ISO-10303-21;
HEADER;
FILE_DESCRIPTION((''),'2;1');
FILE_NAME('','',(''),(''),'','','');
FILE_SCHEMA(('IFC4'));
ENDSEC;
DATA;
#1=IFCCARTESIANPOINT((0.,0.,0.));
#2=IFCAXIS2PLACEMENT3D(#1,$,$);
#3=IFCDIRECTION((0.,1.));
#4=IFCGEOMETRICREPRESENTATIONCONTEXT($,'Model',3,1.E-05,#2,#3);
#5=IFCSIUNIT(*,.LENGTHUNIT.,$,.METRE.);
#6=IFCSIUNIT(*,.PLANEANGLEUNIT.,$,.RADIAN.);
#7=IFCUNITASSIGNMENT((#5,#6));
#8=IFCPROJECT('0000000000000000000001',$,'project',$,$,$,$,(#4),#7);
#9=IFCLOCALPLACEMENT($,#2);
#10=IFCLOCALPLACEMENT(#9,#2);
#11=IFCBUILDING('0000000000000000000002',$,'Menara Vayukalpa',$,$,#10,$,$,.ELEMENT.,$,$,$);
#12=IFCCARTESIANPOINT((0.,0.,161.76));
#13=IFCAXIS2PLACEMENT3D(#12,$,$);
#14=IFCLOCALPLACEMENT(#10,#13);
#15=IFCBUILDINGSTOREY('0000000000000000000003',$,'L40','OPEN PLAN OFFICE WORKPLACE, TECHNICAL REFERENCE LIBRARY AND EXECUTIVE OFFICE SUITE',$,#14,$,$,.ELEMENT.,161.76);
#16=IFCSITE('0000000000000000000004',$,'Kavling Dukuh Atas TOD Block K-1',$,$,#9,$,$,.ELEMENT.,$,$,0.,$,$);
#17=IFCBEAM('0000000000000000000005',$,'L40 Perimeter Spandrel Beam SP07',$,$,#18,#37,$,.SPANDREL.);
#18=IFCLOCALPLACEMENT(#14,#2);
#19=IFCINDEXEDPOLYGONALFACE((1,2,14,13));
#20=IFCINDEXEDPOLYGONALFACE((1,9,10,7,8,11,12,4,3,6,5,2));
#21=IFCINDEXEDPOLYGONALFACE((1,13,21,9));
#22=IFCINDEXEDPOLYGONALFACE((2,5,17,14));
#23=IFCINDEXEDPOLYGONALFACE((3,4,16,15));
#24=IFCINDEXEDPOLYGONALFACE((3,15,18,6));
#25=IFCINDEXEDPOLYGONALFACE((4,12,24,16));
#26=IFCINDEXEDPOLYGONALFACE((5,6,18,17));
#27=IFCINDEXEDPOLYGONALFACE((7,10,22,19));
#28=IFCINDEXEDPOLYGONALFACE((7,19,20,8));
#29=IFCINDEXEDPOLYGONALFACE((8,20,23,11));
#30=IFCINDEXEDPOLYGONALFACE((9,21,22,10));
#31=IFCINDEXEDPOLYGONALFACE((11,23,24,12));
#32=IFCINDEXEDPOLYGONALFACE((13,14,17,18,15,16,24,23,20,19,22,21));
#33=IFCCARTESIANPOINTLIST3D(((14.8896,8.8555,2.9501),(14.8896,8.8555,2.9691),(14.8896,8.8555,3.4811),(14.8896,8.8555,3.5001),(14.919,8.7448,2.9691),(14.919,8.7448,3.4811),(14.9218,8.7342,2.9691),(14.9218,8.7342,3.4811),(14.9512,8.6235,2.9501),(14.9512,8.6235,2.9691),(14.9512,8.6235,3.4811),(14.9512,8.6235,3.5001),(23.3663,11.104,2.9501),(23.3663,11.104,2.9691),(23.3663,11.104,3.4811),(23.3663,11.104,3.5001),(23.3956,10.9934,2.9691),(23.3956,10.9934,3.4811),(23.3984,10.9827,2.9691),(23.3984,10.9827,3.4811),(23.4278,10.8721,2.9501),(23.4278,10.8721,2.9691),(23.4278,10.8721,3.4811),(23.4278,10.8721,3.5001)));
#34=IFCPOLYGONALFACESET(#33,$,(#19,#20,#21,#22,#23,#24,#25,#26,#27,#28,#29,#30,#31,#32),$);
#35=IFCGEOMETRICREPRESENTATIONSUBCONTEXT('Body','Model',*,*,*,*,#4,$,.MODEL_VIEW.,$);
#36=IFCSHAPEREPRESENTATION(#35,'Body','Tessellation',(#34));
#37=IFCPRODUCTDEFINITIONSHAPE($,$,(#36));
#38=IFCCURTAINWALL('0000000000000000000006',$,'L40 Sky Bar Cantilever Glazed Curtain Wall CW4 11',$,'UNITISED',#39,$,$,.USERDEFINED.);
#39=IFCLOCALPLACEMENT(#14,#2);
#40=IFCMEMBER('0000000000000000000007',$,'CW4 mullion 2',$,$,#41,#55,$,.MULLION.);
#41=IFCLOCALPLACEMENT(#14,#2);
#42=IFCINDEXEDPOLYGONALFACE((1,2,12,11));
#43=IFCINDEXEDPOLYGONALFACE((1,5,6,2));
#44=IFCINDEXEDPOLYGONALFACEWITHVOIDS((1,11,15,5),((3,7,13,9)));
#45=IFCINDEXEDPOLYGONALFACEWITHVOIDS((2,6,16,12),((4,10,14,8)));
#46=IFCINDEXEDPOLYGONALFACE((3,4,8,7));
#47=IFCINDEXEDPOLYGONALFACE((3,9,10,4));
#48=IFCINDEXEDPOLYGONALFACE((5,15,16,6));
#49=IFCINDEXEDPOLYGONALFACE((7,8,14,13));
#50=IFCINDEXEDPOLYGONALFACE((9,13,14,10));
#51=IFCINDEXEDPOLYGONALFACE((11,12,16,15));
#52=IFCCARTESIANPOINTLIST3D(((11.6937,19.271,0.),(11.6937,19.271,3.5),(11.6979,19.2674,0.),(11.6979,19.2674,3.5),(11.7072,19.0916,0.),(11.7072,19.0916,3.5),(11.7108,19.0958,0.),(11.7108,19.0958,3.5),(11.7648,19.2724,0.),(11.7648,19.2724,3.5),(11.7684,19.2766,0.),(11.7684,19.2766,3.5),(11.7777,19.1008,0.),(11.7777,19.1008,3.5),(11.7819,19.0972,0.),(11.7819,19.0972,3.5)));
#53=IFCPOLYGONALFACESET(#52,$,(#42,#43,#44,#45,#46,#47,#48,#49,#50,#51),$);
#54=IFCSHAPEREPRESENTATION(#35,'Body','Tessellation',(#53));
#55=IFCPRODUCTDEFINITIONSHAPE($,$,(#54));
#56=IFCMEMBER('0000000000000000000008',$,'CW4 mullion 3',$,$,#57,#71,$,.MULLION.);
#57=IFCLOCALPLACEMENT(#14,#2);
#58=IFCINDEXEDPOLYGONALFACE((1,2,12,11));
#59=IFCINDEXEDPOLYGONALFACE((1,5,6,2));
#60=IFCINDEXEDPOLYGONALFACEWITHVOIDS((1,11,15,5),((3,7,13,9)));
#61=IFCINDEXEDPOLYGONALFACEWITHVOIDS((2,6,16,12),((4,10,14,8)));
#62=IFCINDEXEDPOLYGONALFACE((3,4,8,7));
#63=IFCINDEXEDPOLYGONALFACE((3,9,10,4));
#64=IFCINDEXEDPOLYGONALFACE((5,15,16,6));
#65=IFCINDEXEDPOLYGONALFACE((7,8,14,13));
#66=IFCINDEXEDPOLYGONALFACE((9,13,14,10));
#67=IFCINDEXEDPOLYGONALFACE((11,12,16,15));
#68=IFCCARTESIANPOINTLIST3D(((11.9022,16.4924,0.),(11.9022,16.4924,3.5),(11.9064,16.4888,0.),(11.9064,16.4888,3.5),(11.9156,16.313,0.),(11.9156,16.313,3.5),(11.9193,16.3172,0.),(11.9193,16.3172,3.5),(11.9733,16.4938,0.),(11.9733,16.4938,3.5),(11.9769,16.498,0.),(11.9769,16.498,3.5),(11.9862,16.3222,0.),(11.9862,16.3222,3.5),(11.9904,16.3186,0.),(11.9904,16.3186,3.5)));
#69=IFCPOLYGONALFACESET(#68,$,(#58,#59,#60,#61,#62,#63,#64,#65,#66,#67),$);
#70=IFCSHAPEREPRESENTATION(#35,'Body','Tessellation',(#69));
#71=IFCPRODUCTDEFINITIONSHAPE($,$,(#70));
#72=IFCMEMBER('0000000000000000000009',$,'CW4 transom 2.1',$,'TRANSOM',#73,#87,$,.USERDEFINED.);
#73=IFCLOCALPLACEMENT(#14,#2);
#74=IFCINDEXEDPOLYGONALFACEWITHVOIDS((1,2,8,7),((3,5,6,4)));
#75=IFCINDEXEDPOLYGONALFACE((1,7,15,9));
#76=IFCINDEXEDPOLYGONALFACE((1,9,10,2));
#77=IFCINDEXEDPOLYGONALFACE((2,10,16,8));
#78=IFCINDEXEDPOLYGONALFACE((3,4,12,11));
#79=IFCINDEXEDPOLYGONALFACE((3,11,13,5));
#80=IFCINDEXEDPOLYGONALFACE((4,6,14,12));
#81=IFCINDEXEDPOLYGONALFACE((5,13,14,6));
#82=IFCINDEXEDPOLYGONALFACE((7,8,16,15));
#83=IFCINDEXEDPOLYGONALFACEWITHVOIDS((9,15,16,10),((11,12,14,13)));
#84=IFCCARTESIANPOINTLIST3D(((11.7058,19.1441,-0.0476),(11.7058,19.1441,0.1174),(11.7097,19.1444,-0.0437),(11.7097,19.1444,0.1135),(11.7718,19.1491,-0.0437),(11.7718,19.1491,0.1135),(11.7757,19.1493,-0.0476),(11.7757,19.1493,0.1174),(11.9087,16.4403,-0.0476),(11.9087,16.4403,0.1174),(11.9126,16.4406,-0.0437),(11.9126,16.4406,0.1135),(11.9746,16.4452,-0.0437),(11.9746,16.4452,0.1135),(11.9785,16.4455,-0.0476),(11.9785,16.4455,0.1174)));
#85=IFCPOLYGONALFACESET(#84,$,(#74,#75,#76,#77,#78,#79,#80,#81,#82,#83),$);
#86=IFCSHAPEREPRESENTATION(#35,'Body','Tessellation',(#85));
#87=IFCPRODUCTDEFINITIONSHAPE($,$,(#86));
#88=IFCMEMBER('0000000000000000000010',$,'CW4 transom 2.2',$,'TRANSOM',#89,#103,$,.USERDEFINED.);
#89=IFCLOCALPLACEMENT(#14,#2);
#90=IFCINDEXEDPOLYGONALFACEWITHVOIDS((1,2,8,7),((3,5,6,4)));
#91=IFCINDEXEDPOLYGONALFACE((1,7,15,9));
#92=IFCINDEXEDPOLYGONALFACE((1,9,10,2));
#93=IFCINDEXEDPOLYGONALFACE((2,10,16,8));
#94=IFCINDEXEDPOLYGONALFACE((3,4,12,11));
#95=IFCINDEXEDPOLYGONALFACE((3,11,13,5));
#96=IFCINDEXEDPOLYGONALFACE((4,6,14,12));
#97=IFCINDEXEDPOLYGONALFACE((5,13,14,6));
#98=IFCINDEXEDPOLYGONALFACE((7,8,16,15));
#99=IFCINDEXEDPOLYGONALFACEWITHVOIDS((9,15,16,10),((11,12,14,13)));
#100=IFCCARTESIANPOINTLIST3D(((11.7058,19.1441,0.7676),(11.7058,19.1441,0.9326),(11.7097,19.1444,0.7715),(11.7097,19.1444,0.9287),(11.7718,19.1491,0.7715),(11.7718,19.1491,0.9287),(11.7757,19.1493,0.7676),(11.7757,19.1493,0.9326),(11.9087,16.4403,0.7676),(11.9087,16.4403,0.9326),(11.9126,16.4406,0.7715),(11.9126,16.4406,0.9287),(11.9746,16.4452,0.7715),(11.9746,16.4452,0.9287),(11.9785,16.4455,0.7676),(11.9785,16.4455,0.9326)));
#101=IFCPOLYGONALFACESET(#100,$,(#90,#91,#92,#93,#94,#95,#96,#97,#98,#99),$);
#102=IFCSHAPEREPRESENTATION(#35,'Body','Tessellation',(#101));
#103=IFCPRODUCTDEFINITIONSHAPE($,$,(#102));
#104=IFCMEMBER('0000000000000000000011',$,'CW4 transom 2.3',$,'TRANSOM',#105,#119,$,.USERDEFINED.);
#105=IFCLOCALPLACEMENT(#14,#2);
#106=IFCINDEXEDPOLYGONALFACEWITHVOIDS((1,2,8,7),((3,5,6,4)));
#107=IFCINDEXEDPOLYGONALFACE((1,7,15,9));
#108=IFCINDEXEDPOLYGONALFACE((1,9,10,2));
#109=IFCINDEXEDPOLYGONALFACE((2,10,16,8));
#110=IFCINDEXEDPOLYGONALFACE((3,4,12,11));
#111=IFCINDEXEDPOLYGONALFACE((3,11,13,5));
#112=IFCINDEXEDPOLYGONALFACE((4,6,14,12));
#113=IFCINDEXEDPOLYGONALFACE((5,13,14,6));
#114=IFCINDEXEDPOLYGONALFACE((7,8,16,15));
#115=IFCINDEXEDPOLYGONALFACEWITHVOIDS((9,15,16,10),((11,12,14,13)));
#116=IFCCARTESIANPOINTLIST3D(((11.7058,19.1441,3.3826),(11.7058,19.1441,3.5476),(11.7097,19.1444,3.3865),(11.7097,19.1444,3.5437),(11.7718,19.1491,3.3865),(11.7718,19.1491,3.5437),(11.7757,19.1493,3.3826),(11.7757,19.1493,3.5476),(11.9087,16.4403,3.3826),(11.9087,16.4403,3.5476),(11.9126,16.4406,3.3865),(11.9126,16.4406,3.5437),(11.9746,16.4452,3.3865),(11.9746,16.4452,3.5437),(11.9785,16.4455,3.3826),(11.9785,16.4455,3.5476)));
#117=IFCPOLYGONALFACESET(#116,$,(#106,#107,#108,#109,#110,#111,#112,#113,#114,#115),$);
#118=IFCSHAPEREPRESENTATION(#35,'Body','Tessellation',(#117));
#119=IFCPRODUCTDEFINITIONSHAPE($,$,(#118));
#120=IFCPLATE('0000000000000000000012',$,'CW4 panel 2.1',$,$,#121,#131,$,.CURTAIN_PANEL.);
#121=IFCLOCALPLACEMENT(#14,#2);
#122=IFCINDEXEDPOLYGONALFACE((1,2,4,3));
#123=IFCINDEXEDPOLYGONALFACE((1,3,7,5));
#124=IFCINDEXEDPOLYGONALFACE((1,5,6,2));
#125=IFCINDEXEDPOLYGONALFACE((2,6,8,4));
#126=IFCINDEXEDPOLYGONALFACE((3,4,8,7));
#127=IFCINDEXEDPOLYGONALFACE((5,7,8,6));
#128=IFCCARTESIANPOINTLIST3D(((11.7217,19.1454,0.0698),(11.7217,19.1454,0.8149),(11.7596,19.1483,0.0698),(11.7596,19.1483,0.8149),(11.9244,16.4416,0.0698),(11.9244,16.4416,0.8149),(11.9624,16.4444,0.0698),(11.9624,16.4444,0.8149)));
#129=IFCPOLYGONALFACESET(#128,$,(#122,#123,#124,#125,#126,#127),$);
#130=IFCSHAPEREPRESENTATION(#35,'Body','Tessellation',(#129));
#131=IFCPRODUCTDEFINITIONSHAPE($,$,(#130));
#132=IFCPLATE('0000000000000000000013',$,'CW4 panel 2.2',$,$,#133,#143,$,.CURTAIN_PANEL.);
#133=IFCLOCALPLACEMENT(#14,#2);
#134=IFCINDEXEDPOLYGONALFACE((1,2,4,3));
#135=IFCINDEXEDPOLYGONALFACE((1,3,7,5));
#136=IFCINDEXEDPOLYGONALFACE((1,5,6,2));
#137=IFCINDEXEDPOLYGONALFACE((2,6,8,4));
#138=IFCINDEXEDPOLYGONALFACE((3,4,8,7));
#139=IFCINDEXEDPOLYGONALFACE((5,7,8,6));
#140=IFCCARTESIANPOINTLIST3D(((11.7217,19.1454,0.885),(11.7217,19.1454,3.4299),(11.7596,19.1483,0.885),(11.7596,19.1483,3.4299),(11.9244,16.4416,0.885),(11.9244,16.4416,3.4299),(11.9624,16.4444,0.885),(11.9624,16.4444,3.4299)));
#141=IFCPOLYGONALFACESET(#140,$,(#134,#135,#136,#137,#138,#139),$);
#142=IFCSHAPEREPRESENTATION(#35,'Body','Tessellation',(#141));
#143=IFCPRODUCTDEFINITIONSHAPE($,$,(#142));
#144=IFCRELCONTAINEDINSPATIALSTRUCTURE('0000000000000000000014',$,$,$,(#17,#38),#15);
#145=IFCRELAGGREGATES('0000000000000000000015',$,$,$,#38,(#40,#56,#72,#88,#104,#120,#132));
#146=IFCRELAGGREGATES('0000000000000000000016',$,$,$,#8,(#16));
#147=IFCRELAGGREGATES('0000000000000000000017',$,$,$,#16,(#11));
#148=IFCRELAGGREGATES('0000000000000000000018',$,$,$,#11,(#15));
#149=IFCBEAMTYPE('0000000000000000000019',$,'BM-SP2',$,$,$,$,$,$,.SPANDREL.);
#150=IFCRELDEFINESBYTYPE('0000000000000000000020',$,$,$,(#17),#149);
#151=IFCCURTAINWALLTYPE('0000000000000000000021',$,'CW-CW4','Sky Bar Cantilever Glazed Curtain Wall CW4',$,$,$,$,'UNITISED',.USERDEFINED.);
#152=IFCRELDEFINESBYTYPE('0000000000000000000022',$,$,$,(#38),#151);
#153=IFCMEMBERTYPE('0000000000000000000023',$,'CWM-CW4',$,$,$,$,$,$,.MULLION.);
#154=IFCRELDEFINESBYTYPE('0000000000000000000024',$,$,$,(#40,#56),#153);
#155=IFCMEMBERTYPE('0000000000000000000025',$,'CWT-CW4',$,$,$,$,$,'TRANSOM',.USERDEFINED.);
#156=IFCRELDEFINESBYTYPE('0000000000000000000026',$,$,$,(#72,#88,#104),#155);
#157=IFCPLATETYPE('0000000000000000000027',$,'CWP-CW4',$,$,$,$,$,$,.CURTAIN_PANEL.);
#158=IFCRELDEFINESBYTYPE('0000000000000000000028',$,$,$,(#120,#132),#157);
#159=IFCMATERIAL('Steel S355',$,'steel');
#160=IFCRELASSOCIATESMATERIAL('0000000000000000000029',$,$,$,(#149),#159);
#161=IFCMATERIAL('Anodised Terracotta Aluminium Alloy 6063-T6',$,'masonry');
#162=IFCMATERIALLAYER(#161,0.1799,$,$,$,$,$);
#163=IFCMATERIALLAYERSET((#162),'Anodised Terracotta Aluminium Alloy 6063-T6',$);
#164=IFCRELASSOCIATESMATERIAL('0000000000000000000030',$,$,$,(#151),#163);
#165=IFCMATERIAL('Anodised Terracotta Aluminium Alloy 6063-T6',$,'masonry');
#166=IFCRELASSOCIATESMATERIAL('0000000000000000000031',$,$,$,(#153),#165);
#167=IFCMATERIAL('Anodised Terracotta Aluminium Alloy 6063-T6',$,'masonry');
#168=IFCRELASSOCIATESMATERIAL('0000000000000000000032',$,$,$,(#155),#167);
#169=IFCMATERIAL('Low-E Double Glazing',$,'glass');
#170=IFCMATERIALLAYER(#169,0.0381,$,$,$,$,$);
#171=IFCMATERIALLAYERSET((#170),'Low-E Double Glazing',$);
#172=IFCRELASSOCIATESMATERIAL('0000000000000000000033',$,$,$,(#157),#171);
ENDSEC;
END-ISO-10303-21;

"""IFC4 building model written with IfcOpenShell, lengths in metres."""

from ifc_helpers import new_model, si_unit, direction, frame, origin, origin_2d, place, context, subcontext, project, spatial, rectangle, hollow_rectangle, i_section, extrude, material, layer, layer_set, material_profile, profile_set, type_object, element, aggregate, save


model = new_model("IFC4")

# Units and contexts
model_context = context("Model", 3, precision=1e-05, world=origin(), true_north=direction((0.0, 1.0)))
body_context = subcontext(model_context, "Body", "Model", "MODEL_VIEW")
ifc_project = project(units=[si_unit("LENGTHUNIT", "METRE"), si_unit("PLANEANGLEUNIT", "RADIAN")], contexts=[model_context])

# Site, building, storey
site_placement = place(None, origin())
site = spatial("IfcSite", under=ifc_project, at=site_placement, Name="Kavling Dukuh Atas TOD Block K-1", CompositionType="ELEMENT", RefElevation=0.0)
building_placement = place(site_placement, origin())
building = spatial("IfcBuilding", under=site, at=building_placement, Name="Menara Vayukalpa", CompositionType="ELEMENT")
storey_placement = place(building_placement, frame((0.0, 0.0, 161.76)))
storey = spatial("IfcBuildingStorey", under=building, at=storey_placement, Name="L40", Description="OPEN PLAN OFFICE WORKPLACE, TECHNICAL REFERENCE LIBRARY AND EXECUTIVE OFFICE SUITE", CompositionType="ELEMENT", Elevation=161.76)

# Beam
ifc_material_1 = material(Name="Steel S355", Category="steel")
ifc_material_profile_1 = material_profile(ifc_material_1, i_section(OverallWidth=0.24, OverallDepth=0.55, WebThickness=0.011, FlangeThickness=0.019, at=origin_2d()), Name="WF 550x240x11x19")
ifc_profile_set_1 = profile_set([ifc_material_profile_1], Name="Steel S355")
beam_type_1 = type_object("IfcBeamType", Name="BM-SP2", PredefinedType="SPANDREL", material=ifc_profile_set_1)
beam_1_placement = place(storey_placement, frame((14.9204, 8.7395, 3.2251), z_axis=(0.966571, 0.256398, 0.0), x_axis=(-0.256398, 0.966571, 0.0)))
element("IfcBeam", 1, at=beam_1_placement, inside=storey, type_object=beam_type_1, Name="L40 Perimeter Spandrel Beam SP07", PredefinedType="SPANDREL", context=body_context, shape_type="SweptSolid", body=[
    extrude(i_section(OverallWidth=0.24, OverallDepth=0.55, WebThickness=0.011, FlangeThickness=0.019, at=origin_2d()), origin(), (0.0, 0.0, 1.0), 8.7698),
])

# Curtain wall, members, plates
ifc_material_2 = material(Name="Anodised Terracotta Aluminium Alloy 6063-T6", Category="masonry")
ifc_layer_1 = layer(ifc_material_2, 0.1799)
ifc_layer_set_1 = layer_set([ifc_layer_1], Name="Anodised Terracotta Aluminium Alloy 6063-T6")
curtain_wall_type = type_object("IfcCurtainWallType", Name="CW-CW4", Description="Sky Bar Cantilever Glazed Curtain Wall CW4", ElementType="UNITISED", PredefinedType="USERDEFINED", material=ifc_layer_set_1)
curtain_wall_placement = place(storey_placement, origin())
curtain_wall = element("IfcCurtainWall", 2, at=curtain_wall_placement, inside=storey, type_object=curtain_wall_type, Name="L40 Sky Bar Cantilever Glazed Curtain Wall CW4 11", ObjectType="UNITISED", PredefinedType="USERDEFINED")
ifc_material_3 = material(Name="Anodised Terracotta Aluminium Alloy 6063-T6", Category="masonry")
ifc_material_profile_2 = material_profile(ifc_material_3, hollow_rectangle(XDim=0.075, YDim=0.1799, WallThickness=0.0039, at=origin_2d()), Name="ALU 75x180x4")
ifc_profile_set_2 = profile_set([ifc_material_profile_2], Name="Anodised Terracotta Aluminium Alloy 6063-T6")
member_type_1 = type_object("IfcMemberType", Name="CWM-CW4", PredefinedType="MULLION", material=ifc_profile_set_2)
member_1_placement = place(storey_placement, frame((11.7378, 19.1841, 0.0), z_axis=(0.0, 0.0, 1.0), x_axis=(0.997199, 0.074793, 0.0)))
member_1 = element("IfcMember", 3, at=member_1_placement, type_object=member_type_1, Name="CW4 mullion 2", PredefinedType="MULLION", context=body_context, shape_type="SweptSolid", body=[
    extrude(hollow_rectangle(XDim=0.075, YDim=0.1799, WallThickness=0.0039, at=origin_2d()), origin(), (0.0, 0.0, 1.0), 3.5),
])
member_2_placement = place(storey_placement, frame((11.9463, 16.4055, 0.0), z_axis=(0.0, 0.0, 1.0), x_axis=(0.997199, 0.074793, 0.0)))
member_2 = element("IfcMember", 4, at=member_2_placement, type_object=member_type_1, Name="CW4 mullion 3", PredefinedType="MULLION", context=body_context, shape_type="SweptSolid", body=[
    extrude(hollow_rectangle(XDim=0.075, YDim=0.1799, WallThickness=0.0039, at=origin_2d()), origin(), (0.0, 0.0, 1.0), 3.5),
])
ifc_material_4 = material(Name="Anodised Terracotta Aluminium Alloy 6063-T6", Category="masonry")
ifc_material_profile_3 = material_profile(ifc_material_4, hollow_rectangle(XDim=0.0701, YDim=0.165, WallThickness=0.0039, at=origin_2d()), Name="ALU 70x165x4")
ifc_profile_set_3 = profile_set([ifc_material_profile_3], Name="Anodised Terracotta Aluminium Alloy 6063-T6")
member_type_2 = type_object("IfcMemberType", Name="CWT-CW4", ElementType="TRANSOM", PredefinedType="USERDEFINED", material=ifc_profile_set_3)
member_3_placement = place(storey_placement, frame((11.7407, 19.1467, 0.0349), z_axis=(0.074824, -0.997197, 0.0), x_axis=(0.997197, 0.074824, 0.0)))
member_3 = element("IfcMember", 5, at=member_3_placement, type_object=member_type_2, Name="CW4 transom 2.1", ObjectType="TRANSOM", PredefinedType="USERDEFINED", context=body_context, shape_type="SweptSolid", body=[
    extrude(hollow_rectangle(XDim=0.0701, YDim=0.165, WallThickness=0.0039, at=origin_2d()), origin(), (0.0, 0.0, 1.0), 2.7114),
])
member_4_placement = place(storey_placement, frame((11.7407, 19.1467, 0.8501), z_axis=(0.074824, -0.997197, 0.0), x_axis=(0.997197, 0.074824, 0.0)))
member_4 = element("IfcMember", 6, at=member_4_placement, type_object=member_type_2, Name="CW4 transom 2.2", ObjectType="TRANSOM", PredefinedType="USERDEFINED", context=body_context, shape_type="SweptSolid", body=[
    extrude(hollow_rectangle(XDim=0.0701, YDim=0.165, WallThickness=0.0039, at=origin_2d()), origin(), (0.0, 0.0, 1.0), 2.7114),
])
member_5_placement = place(storey_placement, frame((11.7407, 19.1467, 3.4651), z_axis=(0.074824, -0.997197, 0.0), x_axis=(0.997197, 0.074824, 0.0)))
member_5 = element("IfcMember", 7, at=member_5_placement, type_object=member_type_2, Name="CW4 transom 2.3", ObjectType="TRANSOM", PredefinedType="USERDEFINED", context=body_context, shape_type="SweptSolid", body=[
    extrude(hollow_rectangle(XDim=0.0701, YDim=0.165, WallThickness=0.0039, at=origin_2d()), origin(), (0.0, 0.0, 1.0), 2.7114),
])
ifc_material_5 = material(Name="Low-E Double Glazing", Category="glass")
ifc_layer_2 = layer(ifc_material_5, 0.0381)
ifc_layer_set_2 = layer_set([ifc_layer_2], Name="Low-E Double Glazing")
plate_type = type_object("IfcPlateType", Name="CWP-CW4", PredefinedType="CURTAIN_PANEL", material=ifc_layer_set_2)
plate_1_placement = place(storey_placement, frame((11.842, 17.7949, 0.0698), z_axis=(0.0, 0.0, 1.0), x_axis=(0.074793, -0.997199, 0.0)))
plate_1 = element("IfcPlate", 8, at=plate_1_placement, type_object=plate_type, Name="CW4 panel 2.1", PredefinedType="CURTAIN_PANEL", context=body_context, shape_type="SweptSolid", body=[
    extrude(rectangle(XDim=2.7114, YDim=0.0381, at=origin_2d()), origin(), (0.0, 0.0, 1.0), 0.7451),
])
plate_2_placement = place(storey_placement, frame((11.842, 17.7949, 0.885), z_axis=(0.0, 0.0, 1.0), x_axis=(0.074793, -0.997199, 0.0)))
plate_2 = element("IfcPlate", 9, at=plate_2_placement, type_object=plate_type, Name="CW4 panel 2.2", PredefinedType="CURTAIN_PANEL", context=body_context, shape_type="SweptSolid", body=[
    extrude(rectangle(XDim=2.7114, YDim=0.0381, at=origin_2d()), origin(), (0.0, 0.0, 1.0), 2.5449),
])
aggregate(curtain_wall, [member_1, member_2, member_3, member_4, member_5, plate_1, plate_2])

save(model, "model.ifc")
